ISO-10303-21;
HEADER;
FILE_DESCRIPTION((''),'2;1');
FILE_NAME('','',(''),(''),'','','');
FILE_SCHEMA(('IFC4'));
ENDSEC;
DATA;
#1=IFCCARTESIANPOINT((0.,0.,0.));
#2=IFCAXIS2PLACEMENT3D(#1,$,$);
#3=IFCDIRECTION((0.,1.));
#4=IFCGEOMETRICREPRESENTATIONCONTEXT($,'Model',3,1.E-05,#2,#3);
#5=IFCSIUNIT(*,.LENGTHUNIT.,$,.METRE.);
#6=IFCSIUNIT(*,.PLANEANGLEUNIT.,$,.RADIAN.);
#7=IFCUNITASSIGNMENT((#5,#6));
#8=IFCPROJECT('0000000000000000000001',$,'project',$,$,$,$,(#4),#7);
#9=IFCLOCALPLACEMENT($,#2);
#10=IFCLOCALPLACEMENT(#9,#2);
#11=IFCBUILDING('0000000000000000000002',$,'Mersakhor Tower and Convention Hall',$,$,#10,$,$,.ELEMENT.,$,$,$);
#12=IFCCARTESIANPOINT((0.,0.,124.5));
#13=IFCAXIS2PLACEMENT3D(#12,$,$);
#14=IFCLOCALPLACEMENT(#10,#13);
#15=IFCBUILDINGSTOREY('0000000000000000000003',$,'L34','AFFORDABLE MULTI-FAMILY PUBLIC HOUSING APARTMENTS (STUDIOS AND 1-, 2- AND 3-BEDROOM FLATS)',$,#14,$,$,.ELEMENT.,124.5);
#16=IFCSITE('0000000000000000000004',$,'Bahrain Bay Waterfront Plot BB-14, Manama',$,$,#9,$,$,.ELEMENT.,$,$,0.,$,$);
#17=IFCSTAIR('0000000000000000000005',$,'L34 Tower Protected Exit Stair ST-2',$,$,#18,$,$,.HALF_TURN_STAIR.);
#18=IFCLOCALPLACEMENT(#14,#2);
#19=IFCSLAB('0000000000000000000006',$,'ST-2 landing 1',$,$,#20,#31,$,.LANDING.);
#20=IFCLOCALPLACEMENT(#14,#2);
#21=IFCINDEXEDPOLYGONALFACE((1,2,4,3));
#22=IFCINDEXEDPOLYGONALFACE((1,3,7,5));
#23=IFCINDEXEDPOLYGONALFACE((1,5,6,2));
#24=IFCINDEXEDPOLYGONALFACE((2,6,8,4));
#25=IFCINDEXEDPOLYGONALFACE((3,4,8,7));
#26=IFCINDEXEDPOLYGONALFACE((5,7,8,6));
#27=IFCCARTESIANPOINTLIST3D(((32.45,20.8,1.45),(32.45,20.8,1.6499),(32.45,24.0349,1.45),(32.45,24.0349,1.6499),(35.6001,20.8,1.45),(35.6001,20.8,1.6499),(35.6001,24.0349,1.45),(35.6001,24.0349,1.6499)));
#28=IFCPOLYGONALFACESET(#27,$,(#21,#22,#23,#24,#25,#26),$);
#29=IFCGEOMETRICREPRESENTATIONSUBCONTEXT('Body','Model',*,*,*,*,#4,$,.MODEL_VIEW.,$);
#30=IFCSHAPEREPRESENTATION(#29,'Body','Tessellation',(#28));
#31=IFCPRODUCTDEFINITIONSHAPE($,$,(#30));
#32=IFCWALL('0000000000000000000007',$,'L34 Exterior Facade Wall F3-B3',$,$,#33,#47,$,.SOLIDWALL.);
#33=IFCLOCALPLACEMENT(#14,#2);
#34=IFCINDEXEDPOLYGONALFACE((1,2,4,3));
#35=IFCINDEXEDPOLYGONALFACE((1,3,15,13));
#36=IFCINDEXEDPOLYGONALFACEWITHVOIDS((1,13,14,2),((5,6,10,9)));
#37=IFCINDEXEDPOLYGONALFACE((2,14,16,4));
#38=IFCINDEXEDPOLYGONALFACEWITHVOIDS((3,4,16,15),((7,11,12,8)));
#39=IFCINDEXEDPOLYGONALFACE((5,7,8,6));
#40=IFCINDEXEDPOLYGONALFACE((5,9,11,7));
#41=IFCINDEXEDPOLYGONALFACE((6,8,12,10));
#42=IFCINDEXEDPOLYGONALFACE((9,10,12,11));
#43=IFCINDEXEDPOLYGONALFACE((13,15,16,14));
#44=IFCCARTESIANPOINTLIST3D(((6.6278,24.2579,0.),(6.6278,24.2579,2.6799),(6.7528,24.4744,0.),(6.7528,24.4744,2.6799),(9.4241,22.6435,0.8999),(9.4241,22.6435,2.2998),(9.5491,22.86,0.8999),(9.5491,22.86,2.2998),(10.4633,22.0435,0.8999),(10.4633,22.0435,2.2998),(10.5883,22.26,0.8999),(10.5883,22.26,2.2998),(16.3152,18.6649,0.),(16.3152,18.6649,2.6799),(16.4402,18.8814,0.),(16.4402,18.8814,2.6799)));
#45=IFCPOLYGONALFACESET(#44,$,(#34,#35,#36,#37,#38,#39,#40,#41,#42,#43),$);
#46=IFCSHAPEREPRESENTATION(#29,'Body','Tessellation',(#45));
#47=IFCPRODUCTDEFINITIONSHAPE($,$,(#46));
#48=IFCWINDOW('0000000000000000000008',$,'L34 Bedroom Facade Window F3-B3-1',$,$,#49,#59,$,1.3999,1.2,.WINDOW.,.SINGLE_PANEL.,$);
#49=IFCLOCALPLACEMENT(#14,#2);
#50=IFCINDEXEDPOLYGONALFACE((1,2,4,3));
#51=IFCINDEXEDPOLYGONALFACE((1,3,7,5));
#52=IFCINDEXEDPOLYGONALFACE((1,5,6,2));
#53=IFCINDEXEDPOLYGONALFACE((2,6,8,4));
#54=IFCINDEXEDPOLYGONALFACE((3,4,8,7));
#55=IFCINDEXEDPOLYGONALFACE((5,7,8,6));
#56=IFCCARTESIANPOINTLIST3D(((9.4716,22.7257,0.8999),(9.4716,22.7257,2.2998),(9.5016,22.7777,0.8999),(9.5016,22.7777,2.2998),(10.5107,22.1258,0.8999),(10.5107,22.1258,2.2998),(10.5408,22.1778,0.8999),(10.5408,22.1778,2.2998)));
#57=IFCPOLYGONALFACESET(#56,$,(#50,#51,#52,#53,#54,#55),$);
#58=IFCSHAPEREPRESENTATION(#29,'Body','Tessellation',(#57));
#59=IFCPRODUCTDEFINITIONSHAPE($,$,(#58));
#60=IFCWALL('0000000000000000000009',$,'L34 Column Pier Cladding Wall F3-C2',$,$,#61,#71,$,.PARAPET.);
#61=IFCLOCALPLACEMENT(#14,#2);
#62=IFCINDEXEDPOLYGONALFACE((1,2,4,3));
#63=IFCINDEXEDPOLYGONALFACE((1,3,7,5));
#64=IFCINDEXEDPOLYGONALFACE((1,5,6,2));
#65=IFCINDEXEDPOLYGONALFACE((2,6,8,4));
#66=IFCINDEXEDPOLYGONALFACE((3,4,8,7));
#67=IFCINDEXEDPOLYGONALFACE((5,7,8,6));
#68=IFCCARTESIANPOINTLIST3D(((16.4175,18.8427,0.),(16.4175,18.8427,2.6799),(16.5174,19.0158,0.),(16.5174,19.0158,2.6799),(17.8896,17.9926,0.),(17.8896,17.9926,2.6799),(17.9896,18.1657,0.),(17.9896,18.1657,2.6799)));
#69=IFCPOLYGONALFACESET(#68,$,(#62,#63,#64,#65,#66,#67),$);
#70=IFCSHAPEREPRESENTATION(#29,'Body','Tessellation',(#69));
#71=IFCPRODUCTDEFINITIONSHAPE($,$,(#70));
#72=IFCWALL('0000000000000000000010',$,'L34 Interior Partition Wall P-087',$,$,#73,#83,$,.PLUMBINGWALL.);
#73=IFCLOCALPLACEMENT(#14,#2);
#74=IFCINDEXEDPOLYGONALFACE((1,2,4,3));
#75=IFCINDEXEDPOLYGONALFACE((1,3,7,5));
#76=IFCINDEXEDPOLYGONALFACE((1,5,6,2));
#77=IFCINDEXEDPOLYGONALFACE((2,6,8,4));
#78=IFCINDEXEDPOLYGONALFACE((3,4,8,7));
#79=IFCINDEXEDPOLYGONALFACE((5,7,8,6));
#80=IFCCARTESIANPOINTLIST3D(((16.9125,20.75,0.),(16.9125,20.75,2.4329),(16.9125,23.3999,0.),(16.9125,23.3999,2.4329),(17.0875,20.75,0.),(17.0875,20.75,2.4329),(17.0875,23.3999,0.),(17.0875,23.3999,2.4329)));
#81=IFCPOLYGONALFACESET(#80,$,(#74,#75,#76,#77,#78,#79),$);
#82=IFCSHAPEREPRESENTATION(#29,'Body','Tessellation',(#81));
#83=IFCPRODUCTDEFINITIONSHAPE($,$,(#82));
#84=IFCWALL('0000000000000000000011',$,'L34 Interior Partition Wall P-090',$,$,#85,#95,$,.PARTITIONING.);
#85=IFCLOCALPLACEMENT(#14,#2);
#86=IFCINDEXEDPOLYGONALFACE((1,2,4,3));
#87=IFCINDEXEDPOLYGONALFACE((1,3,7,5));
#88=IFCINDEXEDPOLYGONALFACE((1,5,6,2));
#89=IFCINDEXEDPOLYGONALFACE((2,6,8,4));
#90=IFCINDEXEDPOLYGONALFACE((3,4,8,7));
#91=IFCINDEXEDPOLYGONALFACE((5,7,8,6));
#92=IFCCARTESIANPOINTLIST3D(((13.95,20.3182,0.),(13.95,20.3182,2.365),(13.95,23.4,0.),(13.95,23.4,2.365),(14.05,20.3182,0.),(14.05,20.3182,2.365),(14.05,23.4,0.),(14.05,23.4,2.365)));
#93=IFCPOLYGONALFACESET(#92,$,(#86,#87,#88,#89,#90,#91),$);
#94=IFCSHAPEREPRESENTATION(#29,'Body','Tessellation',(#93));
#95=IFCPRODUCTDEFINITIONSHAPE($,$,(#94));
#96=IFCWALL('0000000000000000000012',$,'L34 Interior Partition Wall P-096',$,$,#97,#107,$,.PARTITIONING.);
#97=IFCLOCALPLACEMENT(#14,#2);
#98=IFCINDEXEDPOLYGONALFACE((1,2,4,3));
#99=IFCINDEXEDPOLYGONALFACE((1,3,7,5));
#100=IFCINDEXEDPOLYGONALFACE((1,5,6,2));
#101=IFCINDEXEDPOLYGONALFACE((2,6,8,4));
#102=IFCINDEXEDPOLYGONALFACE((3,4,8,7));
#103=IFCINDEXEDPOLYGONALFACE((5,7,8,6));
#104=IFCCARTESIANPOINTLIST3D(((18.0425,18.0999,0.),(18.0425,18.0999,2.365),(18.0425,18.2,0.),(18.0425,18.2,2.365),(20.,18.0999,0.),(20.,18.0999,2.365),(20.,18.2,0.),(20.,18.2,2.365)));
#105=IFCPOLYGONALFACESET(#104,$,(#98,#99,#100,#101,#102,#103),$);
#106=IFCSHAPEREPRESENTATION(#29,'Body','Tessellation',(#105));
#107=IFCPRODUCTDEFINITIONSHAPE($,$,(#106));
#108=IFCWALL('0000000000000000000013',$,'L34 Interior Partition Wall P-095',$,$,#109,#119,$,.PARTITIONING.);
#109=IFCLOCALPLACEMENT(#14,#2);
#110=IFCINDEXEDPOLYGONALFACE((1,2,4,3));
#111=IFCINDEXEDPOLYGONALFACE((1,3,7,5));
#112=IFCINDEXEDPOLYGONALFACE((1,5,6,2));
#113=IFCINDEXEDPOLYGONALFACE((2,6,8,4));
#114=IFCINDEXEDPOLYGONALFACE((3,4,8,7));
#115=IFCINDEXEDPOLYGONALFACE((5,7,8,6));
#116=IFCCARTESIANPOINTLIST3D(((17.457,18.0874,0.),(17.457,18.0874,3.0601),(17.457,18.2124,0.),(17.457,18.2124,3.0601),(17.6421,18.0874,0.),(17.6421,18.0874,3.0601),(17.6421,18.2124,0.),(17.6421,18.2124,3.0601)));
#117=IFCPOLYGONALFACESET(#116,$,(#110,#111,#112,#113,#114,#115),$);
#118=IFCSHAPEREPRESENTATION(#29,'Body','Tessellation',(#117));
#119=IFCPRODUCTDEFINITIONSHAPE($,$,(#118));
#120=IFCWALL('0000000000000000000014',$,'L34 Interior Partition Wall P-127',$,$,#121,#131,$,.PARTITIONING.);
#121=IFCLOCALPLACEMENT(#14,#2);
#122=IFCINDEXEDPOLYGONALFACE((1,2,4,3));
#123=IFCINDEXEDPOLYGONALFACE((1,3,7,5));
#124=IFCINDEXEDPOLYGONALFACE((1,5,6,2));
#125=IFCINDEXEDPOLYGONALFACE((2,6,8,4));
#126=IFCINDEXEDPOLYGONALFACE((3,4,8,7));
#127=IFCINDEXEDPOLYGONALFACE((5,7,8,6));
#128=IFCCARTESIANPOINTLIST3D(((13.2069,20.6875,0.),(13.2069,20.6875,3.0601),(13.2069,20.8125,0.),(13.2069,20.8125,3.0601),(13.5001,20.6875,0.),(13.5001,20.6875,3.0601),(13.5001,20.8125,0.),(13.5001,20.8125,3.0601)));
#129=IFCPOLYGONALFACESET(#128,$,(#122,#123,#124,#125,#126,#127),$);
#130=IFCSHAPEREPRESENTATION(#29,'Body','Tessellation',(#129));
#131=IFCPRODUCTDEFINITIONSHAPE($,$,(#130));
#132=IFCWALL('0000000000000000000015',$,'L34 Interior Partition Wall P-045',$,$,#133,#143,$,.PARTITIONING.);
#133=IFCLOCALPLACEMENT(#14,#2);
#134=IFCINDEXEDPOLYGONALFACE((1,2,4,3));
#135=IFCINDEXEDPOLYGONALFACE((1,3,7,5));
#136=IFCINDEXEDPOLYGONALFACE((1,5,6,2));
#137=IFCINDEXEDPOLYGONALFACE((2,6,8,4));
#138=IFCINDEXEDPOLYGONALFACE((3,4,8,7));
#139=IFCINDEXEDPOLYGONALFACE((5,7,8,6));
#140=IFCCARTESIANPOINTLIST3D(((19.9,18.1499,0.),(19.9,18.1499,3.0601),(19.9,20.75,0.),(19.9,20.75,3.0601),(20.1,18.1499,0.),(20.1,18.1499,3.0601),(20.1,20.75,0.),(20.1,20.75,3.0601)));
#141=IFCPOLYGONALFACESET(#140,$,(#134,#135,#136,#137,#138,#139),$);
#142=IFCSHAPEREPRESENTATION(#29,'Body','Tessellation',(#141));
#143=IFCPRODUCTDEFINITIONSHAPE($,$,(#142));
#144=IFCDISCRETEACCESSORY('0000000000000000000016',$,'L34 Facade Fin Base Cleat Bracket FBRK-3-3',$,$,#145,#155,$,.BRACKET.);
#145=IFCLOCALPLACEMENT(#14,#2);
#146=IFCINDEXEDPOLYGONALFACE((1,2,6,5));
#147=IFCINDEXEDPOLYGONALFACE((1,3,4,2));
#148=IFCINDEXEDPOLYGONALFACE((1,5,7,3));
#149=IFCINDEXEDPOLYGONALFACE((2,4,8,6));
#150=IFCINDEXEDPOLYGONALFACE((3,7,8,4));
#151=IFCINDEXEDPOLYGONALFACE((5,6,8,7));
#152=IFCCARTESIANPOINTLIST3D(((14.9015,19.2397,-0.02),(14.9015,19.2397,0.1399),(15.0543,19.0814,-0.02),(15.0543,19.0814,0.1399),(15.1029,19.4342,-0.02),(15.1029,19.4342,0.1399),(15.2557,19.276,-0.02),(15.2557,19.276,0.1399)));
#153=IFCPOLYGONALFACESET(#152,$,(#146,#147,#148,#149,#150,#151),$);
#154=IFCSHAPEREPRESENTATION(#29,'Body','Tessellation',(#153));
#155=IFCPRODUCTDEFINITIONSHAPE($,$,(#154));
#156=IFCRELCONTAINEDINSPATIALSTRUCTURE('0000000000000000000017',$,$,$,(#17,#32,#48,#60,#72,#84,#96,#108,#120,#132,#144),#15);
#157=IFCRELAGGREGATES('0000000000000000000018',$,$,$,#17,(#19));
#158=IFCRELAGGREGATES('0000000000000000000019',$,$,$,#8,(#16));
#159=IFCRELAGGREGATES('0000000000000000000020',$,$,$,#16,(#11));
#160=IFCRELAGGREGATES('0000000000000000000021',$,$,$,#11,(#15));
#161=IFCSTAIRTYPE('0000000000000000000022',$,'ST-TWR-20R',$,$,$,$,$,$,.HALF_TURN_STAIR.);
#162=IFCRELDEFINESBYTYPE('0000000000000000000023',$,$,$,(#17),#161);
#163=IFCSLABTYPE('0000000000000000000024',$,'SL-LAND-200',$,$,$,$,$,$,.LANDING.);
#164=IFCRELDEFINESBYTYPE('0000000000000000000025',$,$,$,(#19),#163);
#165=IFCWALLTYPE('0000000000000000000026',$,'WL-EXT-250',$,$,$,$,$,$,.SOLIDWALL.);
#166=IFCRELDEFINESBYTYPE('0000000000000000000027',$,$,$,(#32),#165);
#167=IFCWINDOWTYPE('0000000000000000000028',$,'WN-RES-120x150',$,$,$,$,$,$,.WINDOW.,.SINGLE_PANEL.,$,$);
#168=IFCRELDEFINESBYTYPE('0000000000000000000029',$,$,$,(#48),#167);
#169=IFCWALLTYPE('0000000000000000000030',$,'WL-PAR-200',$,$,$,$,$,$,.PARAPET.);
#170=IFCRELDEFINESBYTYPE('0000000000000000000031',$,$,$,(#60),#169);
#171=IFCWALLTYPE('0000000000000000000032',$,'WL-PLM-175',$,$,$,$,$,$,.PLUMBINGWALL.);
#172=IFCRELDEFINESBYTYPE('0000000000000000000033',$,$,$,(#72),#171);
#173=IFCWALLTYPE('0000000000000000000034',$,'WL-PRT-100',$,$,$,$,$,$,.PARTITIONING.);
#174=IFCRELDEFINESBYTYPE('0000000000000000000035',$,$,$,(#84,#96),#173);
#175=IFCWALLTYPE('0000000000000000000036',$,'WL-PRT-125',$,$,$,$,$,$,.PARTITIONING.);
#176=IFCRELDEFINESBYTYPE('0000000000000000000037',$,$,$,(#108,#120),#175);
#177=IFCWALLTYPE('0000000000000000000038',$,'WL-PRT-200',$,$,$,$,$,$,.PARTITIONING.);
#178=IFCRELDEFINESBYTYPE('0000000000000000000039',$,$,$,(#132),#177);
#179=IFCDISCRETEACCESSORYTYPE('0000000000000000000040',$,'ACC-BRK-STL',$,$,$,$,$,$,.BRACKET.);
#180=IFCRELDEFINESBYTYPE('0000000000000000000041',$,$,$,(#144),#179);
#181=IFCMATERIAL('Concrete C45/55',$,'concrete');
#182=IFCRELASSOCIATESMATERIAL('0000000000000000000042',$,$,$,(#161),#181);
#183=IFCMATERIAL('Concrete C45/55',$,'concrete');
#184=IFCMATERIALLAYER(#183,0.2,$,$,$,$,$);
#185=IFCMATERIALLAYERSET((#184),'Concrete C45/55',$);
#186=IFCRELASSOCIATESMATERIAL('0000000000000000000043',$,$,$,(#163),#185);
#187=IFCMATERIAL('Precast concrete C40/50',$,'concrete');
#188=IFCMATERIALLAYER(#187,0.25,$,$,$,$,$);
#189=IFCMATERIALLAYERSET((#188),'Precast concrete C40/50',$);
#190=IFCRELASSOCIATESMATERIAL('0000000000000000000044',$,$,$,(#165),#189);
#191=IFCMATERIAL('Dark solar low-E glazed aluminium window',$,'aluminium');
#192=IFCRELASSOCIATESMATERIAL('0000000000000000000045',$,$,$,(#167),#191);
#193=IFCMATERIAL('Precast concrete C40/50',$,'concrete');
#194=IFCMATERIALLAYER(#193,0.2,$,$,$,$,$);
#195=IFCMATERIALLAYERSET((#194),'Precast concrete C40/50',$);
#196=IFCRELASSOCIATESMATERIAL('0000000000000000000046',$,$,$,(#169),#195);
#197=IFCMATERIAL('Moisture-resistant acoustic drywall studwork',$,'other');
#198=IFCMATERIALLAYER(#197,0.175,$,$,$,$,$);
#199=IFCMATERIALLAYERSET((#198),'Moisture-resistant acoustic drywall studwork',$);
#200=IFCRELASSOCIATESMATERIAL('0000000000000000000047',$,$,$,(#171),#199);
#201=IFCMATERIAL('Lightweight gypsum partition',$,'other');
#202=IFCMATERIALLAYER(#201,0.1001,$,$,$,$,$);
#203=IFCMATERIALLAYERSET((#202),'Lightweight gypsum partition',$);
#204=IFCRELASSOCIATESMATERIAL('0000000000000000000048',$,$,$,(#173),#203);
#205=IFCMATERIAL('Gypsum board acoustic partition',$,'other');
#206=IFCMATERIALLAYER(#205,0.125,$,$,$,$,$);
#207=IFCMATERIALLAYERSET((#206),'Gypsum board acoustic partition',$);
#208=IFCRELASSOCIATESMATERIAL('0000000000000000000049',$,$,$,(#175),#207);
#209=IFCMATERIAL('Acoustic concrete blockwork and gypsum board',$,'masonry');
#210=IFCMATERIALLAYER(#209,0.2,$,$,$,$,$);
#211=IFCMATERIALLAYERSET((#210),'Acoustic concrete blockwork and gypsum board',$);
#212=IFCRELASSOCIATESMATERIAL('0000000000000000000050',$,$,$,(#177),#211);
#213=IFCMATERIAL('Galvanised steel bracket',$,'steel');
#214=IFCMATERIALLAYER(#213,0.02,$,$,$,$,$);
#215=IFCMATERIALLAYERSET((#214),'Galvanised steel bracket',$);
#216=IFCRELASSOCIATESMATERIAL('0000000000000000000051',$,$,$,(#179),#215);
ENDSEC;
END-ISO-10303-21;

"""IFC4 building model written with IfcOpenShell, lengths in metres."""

from ifc_helpers import new_model, si_unit, direction, frame, frame_2d, origin, origin_2d, place, context, subcontext, project, spatial, polyline, rectangle, outline, extrude, material, layer, layer_set, type_object, element, fill, aggregate, save


model = new_model("IFC4")

# Units and contexts
model_context = context("Model", 3, precision=1e-05, world=origin(), true_north=direction((0.0, 1.0)))
body_context = subcontext(model_context, "Body", "Model", "MODEL_VIEW")
ifc_project = project(units=[si_unit("LENGTHUNIT", "METRE"), si_unit("PLANEANGLEUNIT", "RADIAN")], contexts=[model_context])

# Site, building, storey
site_placement = place(None, origin())
site = spatial("IfcSite", under=ifc_project, at=site_placement, Name="Bahrain Bay Waterfront Plot BB-14, Manama", CompositionType="ELEMENT", RefElevation=0.0)
building_placement = place(site_placement, origin())
building = spatial("IfcBuilding", under=site, at=building_placement, Name="Mersakhor Tower and Convention Hall", CompositionType="ELEMENT")
storey_placement = place(building_placement, frame((0.0, 0.0, 124.5)))
storey = spatial("IfcBuildingStorey", under=building, at=storey_placement, Name="L34", Description="AFFORDABLE MULTI-FAMILY PUBLIC HOUSING APARTMENTS (STUDIOS AND 1-, 2- AND 3-BEDROOM FLATS)", CompositionType="ELEMENT", Elevation=124.5)

# Stair, slab
ifc_material_1 = material(Name="Concrete C45/55", Category="concrete")
stair_type = type_object("IfcStairType", Name="ST-TWR-20R", PredefinedType="HALF_TURN_STAIR", material=ifc_material_1)
ifc_material_2 = material(Name="Concrete C45/55", Category="concrete")
ifc_layer_1 = layer(ifc_material_2, 0.2)
ifc_layer_set_1 = layer_set([ifc_layer_1], Name="Concrete C45/55")
slab_type_1 = type_object("IfcSlabType", Name="SL-LAND-200", PredefinedType="LANDING", material=ifc_layer_set_1)
stair_1_placement = place(storey_placement, origin())
stair_1 = element("IfcStair", 1, at=stair_1_placement, inside=storey, type_object=stair_type, Name="L34 Tower Protected Exit Stair ST-2", PredefinedType="HALF_TURN_STAIR")
slab_1_placement = place(storey_placement, frame((0.0, 0.0, 1.45)))
slab_1 = element("IfcSlab", 2, at=slab_1_placement, type_object=slab_type_1, Name="ST-2 landing 1", PredefinedType="LANDING", context=body_context, shape_type="SweptSolid", body=[
    extrude(outline(polyline([(32.45, 24.0349), (32.45, 20.8), (35.6001, 20.8), (35.6001, 24.0349), (32.45, 24.0349)])), origin(), (0.0, 0.0, 1.0), 0.2),
])
aggregate(stair_1, [slab_1])

# Wall, opening, window
ifc_material_3 = material(Name="Precast concrete C40/50", Category="concrete")
ifc_layer_2 = layer(ifc_material_3, 0.25)
ifc_layer_set_2 = layer_set([ifc_layer_2], Name="Precast concrete C40/50")
wall_type_1 = type_object("IfcWallType", Name="WL-EXT-250", PredefinedType="SOLIDWALL", material=ifc_layer_set_2)
wall_1_placement = place(storey_placement, frame((16.3777, 18.7732, 0.0), z_axis=(0.0, 0.0, 1.0), x_axis=(-0.866028, 0.499996, 0.0)))
wall_1 = element("IfcWall", 3, at=wall_1_placement, inside=storey, type_object=wall_type_1, Name="L34 Exterior Facade Wall F3-B3", PredefinedType="SOLIDWALL", context=body_context, shape_type="SweptSolid", body=[
    extrude(rectangle(XDim=11.186, YDim=0.25, at=frame_2d((5.593, 0.0))), origin(), (0.0, 0.0, 1.0), 2.6799),
])
opening_placement = place(wall_1_placement, frame((6.7571, 0.0, 0.8999)))
opening = element("IfcOpeningElement", 4, at=opening_placement, cuts=wall_1, PredefinedType="OPENING", context=body_context, shape_type="SweptSolid", body=[
    extrude(rectangle(XDim=1.2, YDim=1.3999, at=frame_2d((0.6001, 0.7))), frame((0.0, 0.135, 0.0), z_axis=(0.0, -1.0, 0.0), x_axis=(1.0, 0.0, 0.0)), (0.0, 0.0, 1.0), 0.27),
])
ifc_material_4 = material(Name="Dark solar low-E glazed aluminium window", Category="aluminium")
window_type = type_object("IfcWindowType", Name="WN-RES-120x150", PartitioningType="SINGLE_PANEL", PredefinedType="WINDOW", material=ifc_material_4)
window_placement = place(opening_placement, origin())
window = element("IfcWindow", 5, at=window_placement, inside=storey, type_object=window_type, Name="L34 Bedroom Facade Window F3-B3-1", OverallHeight=1.3999, OverallWidth=1.2, PartitioningType="SINGLE_PANEL", PredefinedType="WINDOW", context=body_context, shape_type="SweptSolid", body=[
    extrude(rectangle(XDim=1.2, YDim=1.3999, at=frame_2d((0.6001, 0.7))), frame((0.0, 0.03, 0.0), z_axis=(0.0, -1.0, 0.0), x_axis=(1.0, 0.0, 0.0)), (0.0, 0.0, 1.0), 0.0601),
])
fill(opening, window)

# Walls
ifc_material_5 = material(Name="Precast concrete C40/50", Category="concrete")
ifc_layer_3 = layer(ifc_material_5, 0.2)
ifc_layer_set_3 = layer_set([ifc_layer_3], Name="Precast concrete C40/50")
wall_type_2 = type_object("IfcWallType", Name="WL-PAR-200", PredefinedType="PARAPET", material=ifc_layer_set_3)
wall_2_placement = place(storey_placement, frame((17.9397, 18.0791, 0.0), z_axis=(0.0, 0.0, 1.0), x_axis=(-0.865989, 0.500062, 0.0)))
element("IfcWall", 6, at=wall_2_placement, inside=storey, type_object=wall_type_2, Name="L34 Column Pier Cladding Wall F3-C2", PredefinedType="PARAPET", context=body_context, shape_type="SweptSolid", body=[
    extrude(rectangle(XDim=1.7, YDim=0.2, at=frame_2d((0.8501, 0.0))), origin(), (0.0, 0.0, 1.0), 2.6799),
])
ifc_material_6 = material(Name="Moisture-resistant acoustic drywall studwork", Category="other")
ifc_layer_4 = layer(ifc_material_6, 0.175)
ifc_layer_set_4 = layer_set([ifc_layer_4], Name="Moisture-resistant acoustic drywall studwork")
wall_type_3 = type_object("IfcWallType", Name="WL-PLM-175", PredefinedType="PLUMBINGWALL", material=ifc_layer_set_4)
wall_3_placement = place(storey_placement, frame((17.0, 20.75, 0.0), z_axis=(0.0, 0.0, 1.0), x_axis=(0.0, 1.0, 0.0)))
element("IfcWall", 7, at=wall_3_placement, inside=storey, type_object=wall_type_3, Name="L34 Interior Partition Wall P-087", PredefinedType="PLUMBINGWALL", context=body_context, shape_type="SweptSolid", body=[
    extrude(rectangle(XDim=2.6499, YDim=0.175, at=frame_2d((1.325, 0.0))), origin(), (0.0, 0.0, 1.0), 2.4329),
])
ifc_material_7 = material(Name="Lightweight gypsum partition", Category="other")
ifc_layer_5 = layer(ifc_material_7, 0.1001)
ifc_layer_set_5 = layer_set([ifc_layer_5], Name="Lightweight gypsum partition")
wall_type_4 = type_object("IfcWallType", Name="WL-PRT-100", PredefinedType="PARTITIONING", material=ifc_layer_set_5)
wall_4_placement = place(storey_placement, frame((14.0, 20.3181, 0.0), z_axis=(0.0, 0.0, 1.0), x_axis=(0.0, 1.0, 0.0)))
element("IfcWall", 8, at=wall_4_placement, inside=storey, type_object=wall_type_4, Name="L34 Interior Partition Wall P-090", PredefinedType="PARTITIONING", context=body_context, shape_type="SweptSolid", body=[
    extrude(rectangle(XDim=3.0818, YDim=0.1001, at=frame_2d((1.541, 0.0))), origin(), (0.0, 0.0, 1.0), 2.365),
])
wall_5_placement = place(storey_placement, frame((18.0425, 18.1499, 0.0), z_axis=(0.0, 0.0, 1.0), x_axis=(1.0, 0.0, 0.0)))
element("IfcWall", 9, at=wall_5_placement, inside=storey, type_object=wall_type_4, Name="L34 Interior Partition Wall P-096", PredefinedType="PARTITIONING", context=body_context, shape_type="SweptSolid", body=[
    extrude(rectangle(XDim=1.9575, YDim=0.1001, at=frame_2d((0.9788, 0.0))), origin(), (0.0, 0.0, 1.0), 2.365),
])
ifc_material_8 = material(Name="Gypsum board acoustic partition", Category="other")
ifc_layer_6 = layer(ifc_material_8, 0.125)
ifc_layer_set_6 = layer_set([ifc_layer_6], Name="Gypsum board acoustic partition")
wall_type_5 = type_object("IfcWallType", Name="WL-PRT-125", PredefinedType="PARTITIONING", material=ifc_layer_set_6)
wall_6_placement = place(storey_placement, frame((17.457, 18.1499, 0.0), z_axis=(0.0, 0.0, 1.0), x_axis=(1.0, 0.0, 0.0)))
element("IfcWall", 10, at=wall_6_placement, inside=storey, type_object=wall_type_5, Name="L34 Interior Partition Wall P-095", PredefinedType="PARTITIONING", context=body_context, shape_type="SweptSolid", body=[
    extrude(rectangle(XDim=0.1851, YDim=0.125, at=frame_2d((0.0925, 0.0))), origin(), (0.0, 0.0, 1.0), 3.0601),
])
wall_7_placement = place(storey_placement, frame((13.5, 20.75, 0.0), z_axis=(0.0, 0.0, 1.0), x_axis=(-1.0, 0.0, 0.0)))
element("IfcWall", 11, at=wall_7_placement, inside=storey, type_object=wall_type_5, Name="L34 Interior Partition Wall P-127", PredefinedType="PARTITIONING", context=body_context, shape_type="SweptSolid", body=[
    extrude(rectangle(XDim=0.2932, YDim=0.125, at=frame_2d((0.1465, 0.0))), origin(), (0.0, 0.0, 1.0), 3.0601),
])
ifc_material_9 = material(Name="Acoustic concrete blockwork and gypsum board", Category="masonry")
ifc_layer_7 = layer(ifc_material_9, 0.2)
ifc_layer_set_7 = layer_set([ifc_layer_7], Name="Acoustic concrete blockwork and gypsum board")
wall_type_6 = type_object("IfcWallType", Name="WL-PRT-200", PredefinedType="PARTITIONING", material=ifc_layer_set_7)
wall_8_placement = place(storey_placement, frame((20.0, 18.1499, 0.0), z_axis=(0.0, 0.0, 1.0), x_axis=(0.0, 1.0, 0.0)))
element("IfcWall", 12, at=wall_8_placement, inside=storey, type_object=wall_type_6, Name="L34 Interior Partition Wall P-045", PredefinedType="PARTITIONING", context=body_context, shape_type="SweptSolid", body=[
    extrude(rectangle(XDim=2.6001, YDim=0.2, at=frame_2d((1.3, 0.0))), origin(), (0.0, 0.0, 1.0), 3.0601),
])

# Discrete accessory
ifc_material_10 = material(Name="Galvanised steel bracket", Category="steel")
ifc_layer_8 = layer(ifc_material_10, 0.02)
ifc_layer_set_8 = layer_set([ifc_layer_8], Name="Galvanised steel bracket")
discrete_accessory_type = type_object("IfcDiscreteAccessoryType", Name="ACC-BRK-STL", PredefinedType="BRACKET", material=ifc_layer_set_8)
discrete_accessory_placement = place(storey_placement, frame((15.0786, 19.2578, -0.02), z_axis=(0.0, 0.0, 1.0), x_axis=(-0.71934, -0.694658, 0.0)))
element("IfcDiscreteAccessory", 13, at=discrete_accessory_placement, inside=storey, type_object=discrete_accessory_type, Name="L34 Facade Fin Base Cleat Bracket FBRK-3-3", PredefinedType="BRACKET", context=body_context, shape_type="SweptSolid", body=[
    extrude(rectangle(XDim=0.28, YDim=0.22, at=origin_2d()), origin(), (0.0, 0.0, 1.0), 0.1599),
])

save(model, "model.ifc")
